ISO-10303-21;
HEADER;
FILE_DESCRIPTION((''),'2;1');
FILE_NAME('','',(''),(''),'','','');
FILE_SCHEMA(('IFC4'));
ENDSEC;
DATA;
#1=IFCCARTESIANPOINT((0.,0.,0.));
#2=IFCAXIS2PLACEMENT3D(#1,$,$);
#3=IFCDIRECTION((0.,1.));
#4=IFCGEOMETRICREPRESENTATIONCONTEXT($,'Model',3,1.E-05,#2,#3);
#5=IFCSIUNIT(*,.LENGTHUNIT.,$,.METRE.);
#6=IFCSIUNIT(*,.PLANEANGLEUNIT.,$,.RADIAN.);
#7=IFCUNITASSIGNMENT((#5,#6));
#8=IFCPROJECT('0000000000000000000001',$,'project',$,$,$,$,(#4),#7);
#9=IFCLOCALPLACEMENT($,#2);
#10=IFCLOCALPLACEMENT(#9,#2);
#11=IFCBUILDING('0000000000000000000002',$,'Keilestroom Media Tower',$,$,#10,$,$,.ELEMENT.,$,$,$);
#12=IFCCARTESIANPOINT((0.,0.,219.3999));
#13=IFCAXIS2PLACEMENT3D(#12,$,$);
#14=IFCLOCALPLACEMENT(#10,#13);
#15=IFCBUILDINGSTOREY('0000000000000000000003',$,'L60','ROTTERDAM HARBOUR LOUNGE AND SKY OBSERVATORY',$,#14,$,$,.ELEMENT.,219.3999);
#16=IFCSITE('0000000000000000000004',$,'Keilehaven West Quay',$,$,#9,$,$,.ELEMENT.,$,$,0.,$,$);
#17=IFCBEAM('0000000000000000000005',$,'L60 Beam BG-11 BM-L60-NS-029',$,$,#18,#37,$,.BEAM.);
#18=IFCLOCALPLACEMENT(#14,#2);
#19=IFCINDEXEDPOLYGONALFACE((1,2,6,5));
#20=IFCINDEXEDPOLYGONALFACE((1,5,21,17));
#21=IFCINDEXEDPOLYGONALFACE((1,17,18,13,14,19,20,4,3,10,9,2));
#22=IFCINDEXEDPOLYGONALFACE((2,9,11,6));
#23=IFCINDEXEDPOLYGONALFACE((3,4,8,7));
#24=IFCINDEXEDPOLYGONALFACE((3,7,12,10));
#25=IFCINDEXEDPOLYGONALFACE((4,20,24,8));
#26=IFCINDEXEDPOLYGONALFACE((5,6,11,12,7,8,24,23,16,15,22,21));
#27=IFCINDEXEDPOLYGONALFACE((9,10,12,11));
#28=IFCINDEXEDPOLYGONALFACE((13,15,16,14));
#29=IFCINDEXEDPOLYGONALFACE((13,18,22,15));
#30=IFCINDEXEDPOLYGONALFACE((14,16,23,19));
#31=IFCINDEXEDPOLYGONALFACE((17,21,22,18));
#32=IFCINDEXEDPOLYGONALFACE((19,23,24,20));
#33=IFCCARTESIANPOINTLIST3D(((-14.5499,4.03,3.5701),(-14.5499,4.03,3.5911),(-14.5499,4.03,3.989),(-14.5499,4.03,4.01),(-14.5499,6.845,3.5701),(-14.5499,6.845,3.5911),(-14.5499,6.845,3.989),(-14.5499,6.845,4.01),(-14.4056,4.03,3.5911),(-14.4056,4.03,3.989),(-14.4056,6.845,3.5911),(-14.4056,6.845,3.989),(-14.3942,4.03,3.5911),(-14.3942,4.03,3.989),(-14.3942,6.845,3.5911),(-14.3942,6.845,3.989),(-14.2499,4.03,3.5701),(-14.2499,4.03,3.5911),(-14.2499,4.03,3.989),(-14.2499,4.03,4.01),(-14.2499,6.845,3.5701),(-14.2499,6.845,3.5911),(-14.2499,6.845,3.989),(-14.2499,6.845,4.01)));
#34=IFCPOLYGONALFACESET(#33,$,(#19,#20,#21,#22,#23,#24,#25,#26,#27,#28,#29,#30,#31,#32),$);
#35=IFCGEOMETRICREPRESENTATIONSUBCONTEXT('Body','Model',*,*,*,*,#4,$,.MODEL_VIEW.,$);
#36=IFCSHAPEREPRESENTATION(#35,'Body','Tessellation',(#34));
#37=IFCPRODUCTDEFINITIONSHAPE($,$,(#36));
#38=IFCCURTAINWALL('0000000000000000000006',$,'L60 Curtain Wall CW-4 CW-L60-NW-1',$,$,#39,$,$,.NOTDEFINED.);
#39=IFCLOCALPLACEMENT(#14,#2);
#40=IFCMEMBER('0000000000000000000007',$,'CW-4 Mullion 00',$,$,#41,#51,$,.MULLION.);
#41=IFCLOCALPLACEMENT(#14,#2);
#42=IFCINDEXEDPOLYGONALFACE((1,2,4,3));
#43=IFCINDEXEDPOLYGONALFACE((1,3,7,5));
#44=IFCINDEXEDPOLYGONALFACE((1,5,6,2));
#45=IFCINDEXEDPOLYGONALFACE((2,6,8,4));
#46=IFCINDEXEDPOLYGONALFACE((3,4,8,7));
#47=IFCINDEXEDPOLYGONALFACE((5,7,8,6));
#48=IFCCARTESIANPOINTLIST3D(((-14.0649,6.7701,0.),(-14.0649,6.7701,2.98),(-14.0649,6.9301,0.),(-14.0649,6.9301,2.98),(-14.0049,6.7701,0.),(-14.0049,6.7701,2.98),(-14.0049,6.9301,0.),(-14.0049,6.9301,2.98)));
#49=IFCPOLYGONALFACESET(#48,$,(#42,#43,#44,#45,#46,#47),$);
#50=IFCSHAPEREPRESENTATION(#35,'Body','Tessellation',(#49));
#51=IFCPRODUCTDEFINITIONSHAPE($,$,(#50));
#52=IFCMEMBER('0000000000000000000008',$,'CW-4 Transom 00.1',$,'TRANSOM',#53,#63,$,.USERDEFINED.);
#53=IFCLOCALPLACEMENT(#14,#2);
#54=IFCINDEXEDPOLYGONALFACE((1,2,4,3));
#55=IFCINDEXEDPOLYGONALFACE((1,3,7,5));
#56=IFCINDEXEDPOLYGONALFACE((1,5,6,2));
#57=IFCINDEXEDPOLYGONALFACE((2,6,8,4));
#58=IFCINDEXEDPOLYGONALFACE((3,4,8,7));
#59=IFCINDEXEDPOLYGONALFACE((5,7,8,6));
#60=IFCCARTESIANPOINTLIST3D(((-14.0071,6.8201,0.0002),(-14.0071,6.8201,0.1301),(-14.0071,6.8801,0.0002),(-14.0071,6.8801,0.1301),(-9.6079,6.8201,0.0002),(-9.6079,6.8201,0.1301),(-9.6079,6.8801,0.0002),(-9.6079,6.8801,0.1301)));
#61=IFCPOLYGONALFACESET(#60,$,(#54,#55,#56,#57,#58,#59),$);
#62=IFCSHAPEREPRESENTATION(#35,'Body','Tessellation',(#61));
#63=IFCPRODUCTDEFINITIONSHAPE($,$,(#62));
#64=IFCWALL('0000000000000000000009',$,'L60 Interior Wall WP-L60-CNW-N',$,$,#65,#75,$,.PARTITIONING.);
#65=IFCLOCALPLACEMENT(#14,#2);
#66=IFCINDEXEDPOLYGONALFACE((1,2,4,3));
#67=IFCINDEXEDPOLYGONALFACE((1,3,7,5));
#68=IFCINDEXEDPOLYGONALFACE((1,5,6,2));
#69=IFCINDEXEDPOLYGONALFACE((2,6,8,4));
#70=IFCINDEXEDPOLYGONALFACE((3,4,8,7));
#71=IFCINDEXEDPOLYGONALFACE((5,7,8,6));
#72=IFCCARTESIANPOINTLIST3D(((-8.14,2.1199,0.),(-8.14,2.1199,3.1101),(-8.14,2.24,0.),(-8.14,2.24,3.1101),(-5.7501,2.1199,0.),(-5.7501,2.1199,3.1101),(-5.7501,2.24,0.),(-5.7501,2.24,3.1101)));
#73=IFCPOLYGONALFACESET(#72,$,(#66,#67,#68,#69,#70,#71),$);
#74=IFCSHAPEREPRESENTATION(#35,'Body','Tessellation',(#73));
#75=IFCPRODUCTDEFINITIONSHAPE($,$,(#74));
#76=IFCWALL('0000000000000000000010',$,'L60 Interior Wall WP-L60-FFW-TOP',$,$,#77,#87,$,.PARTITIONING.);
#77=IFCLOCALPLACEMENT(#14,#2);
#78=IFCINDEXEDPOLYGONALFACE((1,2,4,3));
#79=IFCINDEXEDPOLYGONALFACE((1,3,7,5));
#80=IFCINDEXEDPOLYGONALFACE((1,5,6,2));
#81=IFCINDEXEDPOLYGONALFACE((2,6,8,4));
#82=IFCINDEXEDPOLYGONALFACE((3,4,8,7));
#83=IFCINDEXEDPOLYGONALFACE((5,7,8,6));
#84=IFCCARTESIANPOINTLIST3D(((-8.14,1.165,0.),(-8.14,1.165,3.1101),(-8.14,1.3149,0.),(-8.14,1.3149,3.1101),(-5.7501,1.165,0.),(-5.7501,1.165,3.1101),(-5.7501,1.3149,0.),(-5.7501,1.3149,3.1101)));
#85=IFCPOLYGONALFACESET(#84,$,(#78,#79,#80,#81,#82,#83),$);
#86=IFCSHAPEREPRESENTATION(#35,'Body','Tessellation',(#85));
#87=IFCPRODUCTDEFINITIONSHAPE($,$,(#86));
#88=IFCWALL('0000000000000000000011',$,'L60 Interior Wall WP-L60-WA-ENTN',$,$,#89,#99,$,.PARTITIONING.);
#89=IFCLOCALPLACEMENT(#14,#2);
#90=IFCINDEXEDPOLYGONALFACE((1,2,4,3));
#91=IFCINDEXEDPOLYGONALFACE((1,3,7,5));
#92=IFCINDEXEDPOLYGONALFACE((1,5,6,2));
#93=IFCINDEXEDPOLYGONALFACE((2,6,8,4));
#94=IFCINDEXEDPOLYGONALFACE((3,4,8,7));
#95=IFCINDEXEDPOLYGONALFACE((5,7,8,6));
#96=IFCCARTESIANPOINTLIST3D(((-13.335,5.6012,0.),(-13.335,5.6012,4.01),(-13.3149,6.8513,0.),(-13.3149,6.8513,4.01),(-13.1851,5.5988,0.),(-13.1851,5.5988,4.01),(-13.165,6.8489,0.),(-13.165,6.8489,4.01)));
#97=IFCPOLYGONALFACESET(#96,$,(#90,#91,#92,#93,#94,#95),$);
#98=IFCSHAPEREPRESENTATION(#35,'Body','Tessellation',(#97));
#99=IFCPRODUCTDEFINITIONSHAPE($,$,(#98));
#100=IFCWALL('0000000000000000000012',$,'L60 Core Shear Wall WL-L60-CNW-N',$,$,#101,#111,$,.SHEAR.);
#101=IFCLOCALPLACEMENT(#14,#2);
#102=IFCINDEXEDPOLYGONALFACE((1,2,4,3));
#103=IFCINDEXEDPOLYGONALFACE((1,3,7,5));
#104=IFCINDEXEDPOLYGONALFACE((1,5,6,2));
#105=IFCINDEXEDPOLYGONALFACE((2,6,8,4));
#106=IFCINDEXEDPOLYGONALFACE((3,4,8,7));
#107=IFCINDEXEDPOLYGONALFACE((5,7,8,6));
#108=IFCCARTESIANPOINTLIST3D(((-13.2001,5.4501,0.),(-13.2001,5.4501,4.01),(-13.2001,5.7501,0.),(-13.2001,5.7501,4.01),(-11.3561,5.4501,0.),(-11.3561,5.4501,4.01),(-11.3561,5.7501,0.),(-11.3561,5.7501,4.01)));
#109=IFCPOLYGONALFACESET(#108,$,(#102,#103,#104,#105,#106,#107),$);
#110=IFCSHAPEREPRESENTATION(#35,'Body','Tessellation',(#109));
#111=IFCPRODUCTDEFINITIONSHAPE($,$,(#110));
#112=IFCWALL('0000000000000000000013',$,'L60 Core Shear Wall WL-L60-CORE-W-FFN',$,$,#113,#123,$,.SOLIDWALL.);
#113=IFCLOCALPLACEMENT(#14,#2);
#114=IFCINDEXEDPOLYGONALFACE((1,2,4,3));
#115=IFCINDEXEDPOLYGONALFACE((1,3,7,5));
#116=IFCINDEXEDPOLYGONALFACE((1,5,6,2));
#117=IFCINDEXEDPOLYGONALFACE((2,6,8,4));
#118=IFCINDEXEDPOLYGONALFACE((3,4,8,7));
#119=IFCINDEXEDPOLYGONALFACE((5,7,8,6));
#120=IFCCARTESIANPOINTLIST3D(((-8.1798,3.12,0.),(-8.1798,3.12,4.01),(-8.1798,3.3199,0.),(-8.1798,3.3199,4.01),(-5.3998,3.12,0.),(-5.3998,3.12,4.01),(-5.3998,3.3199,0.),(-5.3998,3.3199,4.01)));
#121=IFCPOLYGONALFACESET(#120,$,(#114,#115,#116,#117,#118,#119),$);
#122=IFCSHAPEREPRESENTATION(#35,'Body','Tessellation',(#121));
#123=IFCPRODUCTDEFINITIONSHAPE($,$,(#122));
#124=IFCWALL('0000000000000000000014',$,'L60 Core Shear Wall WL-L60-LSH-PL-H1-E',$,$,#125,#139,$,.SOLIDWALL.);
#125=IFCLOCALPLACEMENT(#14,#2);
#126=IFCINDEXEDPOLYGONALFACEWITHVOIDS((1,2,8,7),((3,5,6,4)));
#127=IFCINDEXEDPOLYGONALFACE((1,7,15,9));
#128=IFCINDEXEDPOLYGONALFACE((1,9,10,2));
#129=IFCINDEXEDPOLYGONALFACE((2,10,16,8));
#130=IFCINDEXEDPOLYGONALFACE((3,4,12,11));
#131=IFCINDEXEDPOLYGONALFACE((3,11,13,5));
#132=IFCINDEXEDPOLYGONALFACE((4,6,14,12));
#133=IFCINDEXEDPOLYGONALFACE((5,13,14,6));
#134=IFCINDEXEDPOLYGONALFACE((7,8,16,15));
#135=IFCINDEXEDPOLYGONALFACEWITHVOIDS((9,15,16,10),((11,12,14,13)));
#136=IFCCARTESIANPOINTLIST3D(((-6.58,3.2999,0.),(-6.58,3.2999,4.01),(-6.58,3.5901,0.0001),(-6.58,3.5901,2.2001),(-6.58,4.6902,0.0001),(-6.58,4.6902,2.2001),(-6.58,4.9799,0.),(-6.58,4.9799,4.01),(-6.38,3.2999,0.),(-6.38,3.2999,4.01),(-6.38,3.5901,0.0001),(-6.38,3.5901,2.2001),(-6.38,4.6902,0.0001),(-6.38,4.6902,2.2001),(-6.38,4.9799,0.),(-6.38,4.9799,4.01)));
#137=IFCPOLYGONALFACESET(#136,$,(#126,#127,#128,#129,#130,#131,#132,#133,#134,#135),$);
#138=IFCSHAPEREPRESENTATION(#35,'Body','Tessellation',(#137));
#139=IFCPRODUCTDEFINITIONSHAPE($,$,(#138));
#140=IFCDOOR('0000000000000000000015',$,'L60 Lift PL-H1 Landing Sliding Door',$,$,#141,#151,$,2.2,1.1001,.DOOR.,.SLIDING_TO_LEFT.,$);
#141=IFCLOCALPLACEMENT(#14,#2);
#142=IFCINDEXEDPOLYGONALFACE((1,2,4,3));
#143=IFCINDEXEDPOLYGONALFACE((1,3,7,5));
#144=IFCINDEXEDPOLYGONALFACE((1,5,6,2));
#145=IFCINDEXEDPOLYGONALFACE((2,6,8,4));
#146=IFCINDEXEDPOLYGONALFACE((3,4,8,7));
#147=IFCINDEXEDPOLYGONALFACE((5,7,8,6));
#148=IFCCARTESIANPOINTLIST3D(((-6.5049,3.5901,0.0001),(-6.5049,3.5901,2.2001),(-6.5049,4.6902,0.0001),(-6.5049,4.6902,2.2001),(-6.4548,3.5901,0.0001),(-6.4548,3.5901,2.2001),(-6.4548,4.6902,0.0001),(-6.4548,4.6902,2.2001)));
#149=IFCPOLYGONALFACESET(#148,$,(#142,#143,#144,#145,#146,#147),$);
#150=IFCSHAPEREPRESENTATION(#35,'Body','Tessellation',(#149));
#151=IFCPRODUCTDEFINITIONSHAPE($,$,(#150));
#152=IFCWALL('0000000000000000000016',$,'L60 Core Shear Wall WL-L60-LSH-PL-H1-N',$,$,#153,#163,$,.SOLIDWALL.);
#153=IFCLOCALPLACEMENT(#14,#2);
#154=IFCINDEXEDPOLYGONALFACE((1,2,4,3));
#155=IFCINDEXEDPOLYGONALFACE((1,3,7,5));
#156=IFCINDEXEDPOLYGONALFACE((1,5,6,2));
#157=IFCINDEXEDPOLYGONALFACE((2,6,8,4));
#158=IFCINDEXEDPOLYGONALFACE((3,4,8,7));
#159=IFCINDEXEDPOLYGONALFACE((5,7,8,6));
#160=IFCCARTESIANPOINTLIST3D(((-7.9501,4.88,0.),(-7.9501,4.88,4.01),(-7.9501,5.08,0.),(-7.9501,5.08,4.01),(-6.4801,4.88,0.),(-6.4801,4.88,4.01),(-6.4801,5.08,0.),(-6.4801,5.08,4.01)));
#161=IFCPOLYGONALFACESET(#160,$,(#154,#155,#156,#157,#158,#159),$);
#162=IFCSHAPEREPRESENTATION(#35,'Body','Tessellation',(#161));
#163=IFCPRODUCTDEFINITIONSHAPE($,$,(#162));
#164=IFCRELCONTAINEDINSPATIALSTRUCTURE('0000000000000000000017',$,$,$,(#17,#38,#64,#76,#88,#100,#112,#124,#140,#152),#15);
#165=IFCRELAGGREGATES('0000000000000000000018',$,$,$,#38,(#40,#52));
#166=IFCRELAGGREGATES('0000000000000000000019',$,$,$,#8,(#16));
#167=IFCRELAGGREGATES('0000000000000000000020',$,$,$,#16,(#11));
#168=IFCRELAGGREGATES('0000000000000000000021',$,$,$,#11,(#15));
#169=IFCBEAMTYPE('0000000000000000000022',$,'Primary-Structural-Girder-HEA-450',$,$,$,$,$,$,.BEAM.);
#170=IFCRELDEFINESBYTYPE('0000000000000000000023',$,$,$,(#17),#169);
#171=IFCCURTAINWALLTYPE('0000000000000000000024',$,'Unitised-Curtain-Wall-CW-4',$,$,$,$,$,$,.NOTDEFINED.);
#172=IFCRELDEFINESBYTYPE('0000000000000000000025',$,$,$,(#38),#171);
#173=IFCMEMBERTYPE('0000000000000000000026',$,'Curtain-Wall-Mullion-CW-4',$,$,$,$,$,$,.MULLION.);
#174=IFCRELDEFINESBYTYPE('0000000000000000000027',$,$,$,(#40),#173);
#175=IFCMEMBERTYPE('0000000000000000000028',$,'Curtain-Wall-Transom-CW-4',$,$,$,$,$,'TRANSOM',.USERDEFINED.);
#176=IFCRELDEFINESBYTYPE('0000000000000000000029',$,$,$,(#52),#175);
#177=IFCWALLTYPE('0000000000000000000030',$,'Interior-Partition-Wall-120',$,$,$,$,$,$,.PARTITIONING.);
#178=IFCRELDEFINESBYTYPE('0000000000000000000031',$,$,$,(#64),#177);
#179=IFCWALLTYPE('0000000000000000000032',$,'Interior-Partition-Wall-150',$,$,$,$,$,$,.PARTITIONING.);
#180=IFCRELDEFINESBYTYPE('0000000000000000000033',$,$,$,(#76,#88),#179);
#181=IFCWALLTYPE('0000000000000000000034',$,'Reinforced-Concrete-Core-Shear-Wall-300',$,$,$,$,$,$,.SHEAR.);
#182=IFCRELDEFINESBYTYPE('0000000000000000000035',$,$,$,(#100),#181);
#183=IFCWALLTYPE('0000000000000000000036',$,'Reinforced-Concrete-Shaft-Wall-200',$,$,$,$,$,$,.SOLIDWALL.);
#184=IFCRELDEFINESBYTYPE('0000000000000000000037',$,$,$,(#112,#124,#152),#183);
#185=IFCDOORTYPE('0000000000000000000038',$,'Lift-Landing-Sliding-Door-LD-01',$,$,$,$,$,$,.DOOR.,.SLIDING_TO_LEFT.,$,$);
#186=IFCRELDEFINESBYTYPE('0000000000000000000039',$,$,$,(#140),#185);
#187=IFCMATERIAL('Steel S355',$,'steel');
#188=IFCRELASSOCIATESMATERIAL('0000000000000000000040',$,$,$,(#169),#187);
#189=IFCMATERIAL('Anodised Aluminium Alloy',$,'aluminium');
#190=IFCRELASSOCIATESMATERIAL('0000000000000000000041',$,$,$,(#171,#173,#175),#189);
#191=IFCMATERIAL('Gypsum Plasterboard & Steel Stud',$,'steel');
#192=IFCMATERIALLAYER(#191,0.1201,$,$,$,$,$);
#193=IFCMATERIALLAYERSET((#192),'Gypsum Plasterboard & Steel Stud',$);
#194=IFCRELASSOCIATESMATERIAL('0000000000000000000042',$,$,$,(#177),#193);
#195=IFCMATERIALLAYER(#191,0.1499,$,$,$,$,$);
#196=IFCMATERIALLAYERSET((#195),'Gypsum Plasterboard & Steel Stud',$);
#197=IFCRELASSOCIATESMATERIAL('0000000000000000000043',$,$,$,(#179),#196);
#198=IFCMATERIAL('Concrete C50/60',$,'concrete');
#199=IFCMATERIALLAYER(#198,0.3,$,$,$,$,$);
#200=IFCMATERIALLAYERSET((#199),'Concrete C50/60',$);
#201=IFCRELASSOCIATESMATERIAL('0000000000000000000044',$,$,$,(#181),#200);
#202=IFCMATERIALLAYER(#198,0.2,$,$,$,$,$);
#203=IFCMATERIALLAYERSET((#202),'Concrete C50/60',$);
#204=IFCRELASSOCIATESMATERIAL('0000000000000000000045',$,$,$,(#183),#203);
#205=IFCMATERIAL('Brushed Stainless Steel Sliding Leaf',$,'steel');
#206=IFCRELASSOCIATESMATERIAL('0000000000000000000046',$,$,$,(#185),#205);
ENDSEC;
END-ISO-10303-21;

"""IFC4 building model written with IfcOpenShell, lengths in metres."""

from ifc_helpers import new_model, si_unit, direction, frame, frame_2d, origin, origin_2d, place, context, subcontext, project, spatial, rectangle, i_section, extrude, source, transform, mapped, material, layer, layer_set, material_profile, profile_set, type_object, element, fill, aggregate, save


model = new_model("IFC4")

# Units and contexts
model_context = context("Model", 3, precision=1e-05, world=origin(), true_north=direction((0.0, 1.0)))
body_context = subcontext(model_context, "Body", "Model", "MODEL_VIEW")
ifc_project = project(units=[si_unit("LENGTHUNIT", "METRE"), si_unit("PLANEANGLEUNIT", "RADIAN")], contexts=[model_context])

# Site, building, storey
site_placement = place(None, origin())
site = spatial("IfcSite", under=ifc_project, at=site_placement, Name="Keilehaven West Quay", CompositionType="ELEMENT", RefElevation=0.0)
building_placement = place(site_placement, origin())
building = spatial("IfcBuilding", under=site, at=building_placement, Name="Keilestroom Media Tower", CompositionType="ELEMENT")
storey_placement = place(building_placement, frame((0.0, 0.0, 219.3999)))
storey = spatial("IfcBuildingStorey", under=building, at=storey_placement, Name="L60", Description="ROTTERDAM HARBOUR LOUNGE AND SKY OBSERVATORY", CompositionType="ELEMENT", Elevation=219.3999)

# Beam
ifc_material_1 = material(Name="Steel S355", Category="steel")
ifc_material_profile_1 = material_profile(ifc_material_1, i_section(OverallWidth=0.3, OverallDepth=0.4399, WebThickness=0.0115, FlangeThickness=0.021, at=origin_2d()), Name="HEA 450")
ifc_profile_set_1 = profile_set([ifc_material_profile_1], Name="Steel S355")
beam_type = type_object("IfcBeamType", Name="Primary-Structural-Girder-HEA-450", PredefinedType="BEAM", material=ifc_profile_set_1)
shared_shape_1 = source(origin(), body_context, "Body", "SweptSolid", [
    extrude(i_section(OverallWidth=0.3, OverallDepth=0.4399, WebThickness=0.0115, FlangeThickness=0.021, at=origin_2d()), origin(), (0.0, 0.0, 1.0), 2.8149),
])
beam_placement = place(storey_placement, frame((-14.3999, 4.03, 3.79), z_axis=(0.0, 1.0, 0.0), x_axis=(-1.0, 0.0, 0.0)))
element("IfcBeam", 1, at=beam_placement, inside=storey, type_object=beam_type, Name="L60 Beam BG-11 BM-L60-NS-029", PredefinedType="BEAM", context=body_context, shape_type="MappedRepresentation", body=[
    mapped(shared_shape_1, transform((0.0, 0.0, 0.0), x_axis=(1.0, 0.0, 0.0), y_axis=(0.0, 1.0, 0.0), z_axis=(0.0, 0.0, 1.0), scale=1.0)),
])

# Curtain wall, members
ifc_material_2 = material(Name="Anodised Aluminium Alloy", Category="aluminium")
curtain_wall_type = type_object("IfcCurtainWallType", Name="Unitised-Curtain-Wall-CW-4", PredefinedType="NOTDEFINED", material=ifc_material_2)
curtain_wall_placement = place(storey_placement, origin())
curtain_wall = element("IfcCurtainWall", 2, at=curtain_wall_placement, inside=storey, type_object=curtain_wall_type, Name="L60 Curtain Wall CW-4 CW-L60-NW-1", PredefinedType="NOTDEFINED")
ifc_material_profile_2 = material_profile(ifc_material_2, rectangle(XDim=0.0601, YDim=0.1599, at=origin_2d()), Name="ALU MULLION 60x160")
ifc_profile_set_2 = profile_set([ifc_material_profile_2], Name="Anodised Aluminium Alloy")
member_type_1 = type_object("IfcMemberType", Name="Curtain-Wall-Mullion-CW-4", PredefinedType="MULLION", material=ifc_profile_set_2)
shared_shape_2 = source(origin(), body_context, "Body", "SweptSolid", [
    extrude(rectangle(XDim=0.0601, YDim=0.1599, at=origin_2d()), origin(), (0.0, 0.0, 1.0), 2.98),
])
member_1_placement = place(storey_placement, frame((-14.0349, 6.8501, 0.0), z_axis=(0.0, 0.0, 1.0), x_axis=(1.0, 0.0, 0.0)))
member_1 = element("IfcMember", 3, at=member_1_placement, type_object=member_type_1, Name="CW-4 Mullion 00", PredefinedType="MULLION", context=body_context, shape_type="MappedRepresentation", body=[
    mapped(shared_shape_2, transform((0.0, 0.0, 0.0), x_axis=(1.0, 0.0, 0.0), y_axis=(0.0, 1.0, 0.0), z_axis=(0.0, 0.0, 1.0), scale=1.0)),
])
ifc_material_profile_3 = material_profile(ifc_material_2, rectangle(XDim=0.0601, YDim=0.1299, at=origin_2d()), Name="ALU TRANSOM 60x130")
ifc_profile_set_3 = profile_set([ifc_material_profile_3], Name="Anodised Aluminium Alloy")
member_type_2 = type_object("IfcMemberType", Name="Curtain-Wall-Transom-CW-4", ElementType="TRANSOM", PredefinedType="USERDEFINED", material=ifc_profile_set_3)
shared_shape_3 = source(origin(), body_context, "Body", "SweptSolid", [
    extrude(rectangle(XDim=0.0601, YDim=0.1299, at=origin_2d()), origin(), (0.0, 0.0, 1.0), 4.3992),
])
member_2_placement = place(storey_placement, frame((-14.0071, 6.8501, 0.0652), z_axis=(1.0, 0.0, 0.0), x_axis=(0.0, 1.0, 0.0)))
member_2 = element("IfcMember", 4, at=member_2_placement, type_object=member_type_2, Name="CW-4 Transom 00.1", ObjectType="TRANSOM", PredefinedType="USERDEFINED", context=body_context, shape_type="MappedRepresentation", body=[
    mapped(shared_shape_3, transform((0.0, 0.0, 0.0), x_axis=(1.0, 0.0, 0.0), y_axis=(0.0, 1.0, 0.0), z_axis=(0.0, 0.0, 1.0), scale=1.0)),
])
aggregate(curtain_wall, [member_1, member_2])

# Walls
ifc_material_3 = material(Name="Gypsum Plasterboard & Steel Stud", Category="steel")
ifc_layer_1 = layer(ifc_material_3, 0.1201)
ifc_layer_set_1 = layer_set([ifc_layer_1], Name="Gypsum Plasterboard & Steel Stud")
wall_type_1 = type_object("IfcWallType", Name="Interior-Partition-Wall-120", PredefinedType="PARTITIONING", material=ifc_layer_set_1)
wall_1_placement = place(storey_placement, frame((-8.1399, 2.1799, 0.0), z_axis=(0.0, 0.0, 1.0), x_axis=(1.0, 0.0, 0.0)))
element("IfcWall", 5, at=wall_1_placement, inside=storey, type_object=wall_type_1, Name="L60 Interior Wall WP-L60-CNW-N", PredefinedType="PARTITIONING", context=body_context, shape_type="SweptSolid", body=[
    extrude(rectangle(XDim=2.3899, YDim=0.1201, at=frame_2d((1.1948, 0.0))), origin(), (0.0, 0.0, 1.0), 3.1101),
])
ifc_layer_2 = layer(ifc_material_3, 0.1499)
ifc_layer_set_2 = layer_set([ifc_layer_2], Name="Gypsum Plasterboard & Steel Stud")
wall_type_2 = type_object("IfcWallType", Name="Interior-Partition-Wall-150", PredefinedType="PARTITIONING", material=ifc_layer_set_2)
wall_2_placement = place(storey_placement, frame((-8.1399, 1.24, 0.0), z_axis=(0.0, 0.0, 1.0), x_axis=(1.0, 0.0, 0.0)))
element("IfcWall", 6, at=wall_2_placement, inside=storey, type_object=wall_type_2, Name="L60 Interior Wall WP-L60-FFW-TOP", PredefinedType="PARTITIONING", context=body_context, shape_type="SweptSolid", body=[
    extrude(rectangle(XDim=2.3899, YDim=0.1499, at=frame_2d((1.1948, 0.0))), origin(), (0.0, 0.0, 1.0), 3.1101),
])
wall_3_placement = place(storey_placement, frame((-13.26, 5.6001, 0.0), z_axis=(0.0, 0.0, 1.0), x_axis=(0.016014, 0.999872, 0.0)))
element("IfcWall", 7, at=wall_3_placement, inside=storey, type_object=wall_type_2, Name="L60 Interior Wall WP-L60-WA-ENTN", PredefinedType="PARTITIONING", context=body_context, shape_type="SweptSolid", body=[
    extrude(rectangle(XDim=1.2502, YDim=0.1499, at=frame_2d((0.625, 0.0))), origin(), (0.0, 0.0, 1.0), 4.01),
])
ifc_material_4 = material(Name="Concrete C50/60", Category="concrete")
ifc_layer_3 = layer(ifc_material_4, 0.3)
ifc_layer_set_3 = layer_set([ifc_layer_3], Name="Concrete C50/60")
wall_type_3 = type_object("IfcWallType", Name="Reinforced-Concrete-Core-Shear-Wall-300", PredefinedType="SHEAR", material=ifc_layer_set_3)
wall_4_placement = place(storey_placement, frame((-13.2, 5.6001, 0.0), z_axis=(0.0, 0.0, 1.0), x_axis=(1.0, 0.0, 0.0)))
element("IfcWall", 8, at=wall_4_placement, inside=storey, type_object=wall_type_3, Name="L60 Core Shear Wall WL-L60-CNW-N", PredefinedType="SHEAR", context=body_context, shape_type="SweptSolid", body=[
    extrude(rectangle(XDim=1.844, YDim=0.3, at=frame_2d((0.9219, 0.0))), origin(), (0.0, 0.0, 1.0), 4.01),
])
ifc_layer_4 = layer(ifc_material_4, 0.2)
ifc_layer_set_4 = layer_set([ifc_layer_4], Name="Concrete C50/60")
wall_type_4 = type_object("IfcWallType", Name="Reinforced-Concrete-Shaft-Wall-200", PredefinedType="SOLIDWALL", material=ifc_layer_set_4)
wall_5_placement = place(storey_placement, frame((-8.1799, 3.22, 0.0), z_axis=(0.0, 0.0, 1.0), x_axis=(1.0, 0.0, 0.0)))
element("IfcWall", 9, at=wall_5_placement, inside=storey, type_object=wall_type_4, Name="L60 Core Shear Wall WL-L60-CORE-W-FFN", PredefinedType="SOLIDWALL", context=body_context, shape_type="SweptSolid", body=[
    extrude(rectangle(XDim=2.78, YDim=0.2, at=frame_2d((1.3901, 0.0))), origin(), (0.0, 0.0, 1.0), 4.01),
])

# Wall, opening, door
wall_6_placement = place(storey_placement, frame((-6.48, 3.3, 0.0), z_axis=(0.0, 0.0, 1.0), x_axis=(0.0, 1.0, 0.0)))
wall_6 = element("IfcWall", 10, at=wall_6_placement, inside=storey, type_object=wall_type_4, Name="L60 Core Shear Wall WL-L60-LSH-PL-H1-E", PredefinedType="SOLIDWALL", context=body_context, shape_type="SweptSolid", body=[
    extrude(rectangle(XDim=1.6799, YDim=0.2, at=frame_2d((0.8398, 0.0))), origin(), (0.0, 0.0, 1.0), 4.01),
])
opening_1_placement = place(wall_6_placement, frame((0.29, 0.0, 0.0)))
opening_1 = element("IfcOpeningElement", 11, at=opening_1_placement, cuts=wall_6, PredefinedType="OPENING", context=body_context, shape_type="SweptSolid", body=[
    extrude(rectangle(XDim=1.1001, YDim=2.2, at=frame_2d((0.55, 1.1001))), frame((0.0, 0.1099, 0.0), z_axis=(0.0, -1.0, 0.0), x_axis=(1.0, 0.0, 0.0)), (0.0, 0.0, 1.0), 0.22),
])
ifc_material_5 = material(Name="Brushed Stainless Steel Sliding Leaf", Category="steel")
door_type = type_object("IfcDoorType", Name="Lift-Landing-Sliding-Door-LD-01", OperationType="SLIDING_TO_LEFT", PredefinedType="DOOR", material=ifc_material_5)
shared_shape_4 = source(origin(), body_context, "Body", "SweptSolid", [
    extrude(rectangle(XDim=1.1001, YDim=2.2, at=frame_2d((0.55, 1.1001))), frame((0.0, 0.0249, 0.0), z_axis=(0.0, -1.0, 0.0), x_axis=(1.0, 0.0, 0.0)), (0.0, 0.0, 1.0), 0.05),
])
door_1_placement = place(opening_1_placement, origin())
door_1 = element("IfcDoor", 12, at=door_1_placement, inside=storey, type_object=door_type, Name="L60 Lift PL-H1 Landing Sliding Door", OperationType="SLIDING_TO_LEFT", OverallHeight=2.2, OverallWidth=1.1001, PredefinedType="DOOR", context=body_context, shape_type="MappedRepresentation", body=[
    mapped(shared_shape_4, transform((0.0, 0.0, 0.0), x_axis=(1.0, 0.0, 0.0), y_axis=(0.0, 1.0, 0.0), z_axis=(0.0, 0.0, 1.0), scale=1.0)),
])
fill(opening_1, door_1)

# Wall
wall_7_placement = place(storey_placement, frame((-7.95, 4.98, 0.0), z_axis=(0.0, 0.0, 1.0), x_axis=(1.0, 0.0, 0.0)))
element("IfcWall", 13, at=wall_7_placement, inside=storey, type_object=wall_type_4, Name="L60 Core Shear Wall WL-L60-LSH-PL-H1-N", PredefinedType="SOLIDWALL", context=body_context, shape_type="SweptSolid", body=[
    extrude(rectangle(XDim=1.47, YDim=0.2, at=frame_2d((0.7349, 0.0))), origin(), (0.0, 0.0, 1.0), 4.01),
])

save(model, "model.ifc")
